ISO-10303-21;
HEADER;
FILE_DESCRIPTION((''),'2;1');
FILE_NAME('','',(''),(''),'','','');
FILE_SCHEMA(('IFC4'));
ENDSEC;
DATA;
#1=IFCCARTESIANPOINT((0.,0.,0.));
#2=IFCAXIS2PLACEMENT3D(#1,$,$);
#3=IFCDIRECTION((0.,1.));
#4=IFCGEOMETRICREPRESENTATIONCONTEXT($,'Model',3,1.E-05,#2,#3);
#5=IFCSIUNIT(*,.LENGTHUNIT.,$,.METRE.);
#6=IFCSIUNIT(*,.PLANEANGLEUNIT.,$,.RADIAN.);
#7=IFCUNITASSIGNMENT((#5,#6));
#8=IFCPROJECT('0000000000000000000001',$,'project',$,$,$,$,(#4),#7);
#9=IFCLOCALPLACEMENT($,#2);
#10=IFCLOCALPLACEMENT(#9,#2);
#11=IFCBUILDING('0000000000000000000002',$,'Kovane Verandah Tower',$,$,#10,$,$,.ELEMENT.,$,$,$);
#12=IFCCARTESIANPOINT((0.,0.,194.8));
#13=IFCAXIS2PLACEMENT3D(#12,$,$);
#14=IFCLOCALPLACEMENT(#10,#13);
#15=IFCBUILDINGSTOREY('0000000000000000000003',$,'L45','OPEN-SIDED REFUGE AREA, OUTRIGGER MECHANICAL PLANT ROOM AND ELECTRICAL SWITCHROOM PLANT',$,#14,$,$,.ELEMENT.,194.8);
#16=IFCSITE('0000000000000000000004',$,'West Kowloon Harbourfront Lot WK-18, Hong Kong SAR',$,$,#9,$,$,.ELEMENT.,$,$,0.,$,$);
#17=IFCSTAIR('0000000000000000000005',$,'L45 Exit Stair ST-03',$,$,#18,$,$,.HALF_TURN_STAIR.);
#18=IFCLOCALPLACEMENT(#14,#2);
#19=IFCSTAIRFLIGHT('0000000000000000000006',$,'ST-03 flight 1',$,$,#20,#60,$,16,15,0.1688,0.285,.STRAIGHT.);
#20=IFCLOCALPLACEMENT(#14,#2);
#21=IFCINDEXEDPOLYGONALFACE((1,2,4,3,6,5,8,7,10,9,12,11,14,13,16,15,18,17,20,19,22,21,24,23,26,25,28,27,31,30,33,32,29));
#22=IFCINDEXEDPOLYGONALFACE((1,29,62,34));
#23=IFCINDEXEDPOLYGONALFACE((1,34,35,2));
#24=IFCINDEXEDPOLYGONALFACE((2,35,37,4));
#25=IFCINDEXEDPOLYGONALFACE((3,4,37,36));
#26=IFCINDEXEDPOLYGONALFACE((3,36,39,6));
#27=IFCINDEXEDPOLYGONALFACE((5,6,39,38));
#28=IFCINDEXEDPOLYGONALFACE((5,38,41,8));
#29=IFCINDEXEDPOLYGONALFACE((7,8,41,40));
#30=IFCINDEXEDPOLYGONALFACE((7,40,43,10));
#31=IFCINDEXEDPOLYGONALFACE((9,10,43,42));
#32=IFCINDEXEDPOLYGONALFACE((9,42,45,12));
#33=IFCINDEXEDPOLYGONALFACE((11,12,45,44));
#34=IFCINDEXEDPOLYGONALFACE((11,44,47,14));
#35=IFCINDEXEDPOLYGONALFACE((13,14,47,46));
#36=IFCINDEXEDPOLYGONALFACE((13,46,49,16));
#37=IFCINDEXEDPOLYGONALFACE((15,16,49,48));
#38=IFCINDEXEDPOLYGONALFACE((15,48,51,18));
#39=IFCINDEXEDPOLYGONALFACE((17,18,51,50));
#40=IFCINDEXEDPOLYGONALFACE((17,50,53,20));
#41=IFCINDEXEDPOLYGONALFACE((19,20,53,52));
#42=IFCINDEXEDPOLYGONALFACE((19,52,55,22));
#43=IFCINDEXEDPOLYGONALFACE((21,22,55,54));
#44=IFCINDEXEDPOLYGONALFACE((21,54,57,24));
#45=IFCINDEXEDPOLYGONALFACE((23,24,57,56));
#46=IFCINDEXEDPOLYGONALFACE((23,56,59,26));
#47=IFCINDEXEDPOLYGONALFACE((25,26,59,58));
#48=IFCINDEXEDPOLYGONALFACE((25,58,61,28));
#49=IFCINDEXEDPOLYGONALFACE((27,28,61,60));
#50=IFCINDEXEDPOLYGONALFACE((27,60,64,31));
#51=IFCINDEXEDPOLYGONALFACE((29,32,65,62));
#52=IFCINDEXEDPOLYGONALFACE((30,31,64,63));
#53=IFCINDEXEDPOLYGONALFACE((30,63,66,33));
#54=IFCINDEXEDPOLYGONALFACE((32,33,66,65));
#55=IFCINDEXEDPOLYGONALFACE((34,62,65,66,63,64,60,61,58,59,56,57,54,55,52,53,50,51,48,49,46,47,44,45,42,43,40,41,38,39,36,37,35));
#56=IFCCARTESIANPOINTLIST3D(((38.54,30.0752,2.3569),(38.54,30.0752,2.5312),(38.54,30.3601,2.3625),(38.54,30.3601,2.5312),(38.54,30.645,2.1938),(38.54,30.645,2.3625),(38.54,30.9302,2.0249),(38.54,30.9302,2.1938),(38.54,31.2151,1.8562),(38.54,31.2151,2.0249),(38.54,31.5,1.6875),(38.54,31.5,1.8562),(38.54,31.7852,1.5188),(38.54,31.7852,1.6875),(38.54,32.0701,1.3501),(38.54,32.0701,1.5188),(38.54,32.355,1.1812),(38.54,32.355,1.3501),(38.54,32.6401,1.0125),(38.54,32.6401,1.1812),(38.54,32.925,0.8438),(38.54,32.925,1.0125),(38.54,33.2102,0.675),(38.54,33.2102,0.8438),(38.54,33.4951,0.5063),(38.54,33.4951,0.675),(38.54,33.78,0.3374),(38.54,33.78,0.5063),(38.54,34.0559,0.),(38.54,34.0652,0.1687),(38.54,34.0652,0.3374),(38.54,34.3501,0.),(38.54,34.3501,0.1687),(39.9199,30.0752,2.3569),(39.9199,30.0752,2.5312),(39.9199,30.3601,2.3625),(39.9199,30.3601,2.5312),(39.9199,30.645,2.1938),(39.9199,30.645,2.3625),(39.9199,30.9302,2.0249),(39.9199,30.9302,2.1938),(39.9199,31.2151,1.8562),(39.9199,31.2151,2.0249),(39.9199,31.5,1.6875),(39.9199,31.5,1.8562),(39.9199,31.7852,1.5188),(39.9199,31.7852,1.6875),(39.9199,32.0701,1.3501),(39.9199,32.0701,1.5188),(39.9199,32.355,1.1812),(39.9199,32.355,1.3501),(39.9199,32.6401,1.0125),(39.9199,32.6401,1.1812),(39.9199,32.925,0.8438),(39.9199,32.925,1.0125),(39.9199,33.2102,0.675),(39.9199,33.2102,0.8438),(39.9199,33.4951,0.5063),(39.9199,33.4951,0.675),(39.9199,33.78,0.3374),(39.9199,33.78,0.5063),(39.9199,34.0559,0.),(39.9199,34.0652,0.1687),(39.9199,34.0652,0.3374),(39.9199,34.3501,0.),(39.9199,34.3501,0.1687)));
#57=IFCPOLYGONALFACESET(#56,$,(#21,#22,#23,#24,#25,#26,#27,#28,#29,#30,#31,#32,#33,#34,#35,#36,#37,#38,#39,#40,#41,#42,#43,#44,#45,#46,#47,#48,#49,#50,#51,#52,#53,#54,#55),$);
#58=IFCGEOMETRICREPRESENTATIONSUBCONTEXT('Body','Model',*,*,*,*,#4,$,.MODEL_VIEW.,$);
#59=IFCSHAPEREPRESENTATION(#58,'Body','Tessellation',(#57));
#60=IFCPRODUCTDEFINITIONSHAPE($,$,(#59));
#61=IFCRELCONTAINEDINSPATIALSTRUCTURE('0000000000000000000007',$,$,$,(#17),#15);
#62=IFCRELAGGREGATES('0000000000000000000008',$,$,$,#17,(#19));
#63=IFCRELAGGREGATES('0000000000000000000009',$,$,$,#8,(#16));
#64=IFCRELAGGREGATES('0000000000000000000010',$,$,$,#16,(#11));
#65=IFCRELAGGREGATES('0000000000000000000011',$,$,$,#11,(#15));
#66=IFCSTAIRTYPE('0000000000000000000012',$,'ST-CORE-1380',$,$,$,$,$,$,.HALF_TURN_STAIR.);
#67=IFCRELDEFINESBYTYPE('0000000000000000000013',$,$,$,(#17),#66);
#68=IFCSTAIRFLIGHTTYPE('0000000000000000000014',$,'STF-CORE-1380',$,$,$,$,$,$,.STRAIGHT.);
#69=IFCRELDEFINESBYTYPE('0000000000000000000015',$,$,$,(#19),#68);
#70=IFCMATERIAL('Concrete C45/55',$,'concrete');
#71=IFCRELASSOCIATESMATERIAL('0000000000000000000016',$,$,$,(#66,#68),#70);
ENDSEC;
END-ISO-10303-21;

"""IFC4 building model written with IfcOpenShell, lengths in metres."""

from ifc_helpers import new_model, si_unit, direction, frame, origin, place, context, subcontext, project, spatial, polyline, outline, extrude, material, type_object, element, aggregate, save


model = new_model("IFC4")

# Units and contexts
model_context = context("Model", 3, precision=1e-05, world=origin(), true_north=direction((0.0, 1.0)))
body_context = subcontext(model_context, "Body", "Model", "MODEL_VIEW")
ifc_project = project(units=[si_unit("LENGTHUNIT", "METRE"), si_unit("PLANEANGLEUNIT", "RADIAN")], contexts=[model_context])

# Site, building, storey
site_placement = place(None, origin())
site = spatial("IfcSite", under=ifc_project, at=site_placement, Name="West Kowloon Harbourfront Lot WK-18, Hong Kong SAR", CompositionType="ELEMENT", RefElevation=0.0)
building_placement = place(site_placement, origin())
building = spatial("IfcBuilding", under=site, at=building_placement, Name="Kovane Verandah Tower", CompositionType="ELEMENT")
storey_placement = place(building_placement, frame((0.0, 0.0, 194.8)))
storey = spatial("IfcBuildingStorey", under=building, at=storey_placement, Name="L45", Description="OPEN-SIDED REFUGE AREA, OUTRIGGER MECHANICAL PLANT ROOM AND ELECTRICAL SWITCHROOM PLANT", CompositionType="ELEMENT", Elevation=194.8)

# Shared definitions
ifc_material_1 = material(Name="Concrete C45/55", Category="concrete")

# Stair, stair flight
stair_type = type_object("IfcStairType", Name="ST-CORE-1380", PredefinedType="HALF_TURN_STAIR", material=ifc_material_1)
stair_placement = place(storey_placement, origin())
stair = element("IfcStair", 1, at=stair_placement, inside=storey, type_object=stair_type, Name="L45 Exit Stair ST-03", PredefinedType="HALF_TURN_STAIR")
stair_flight_type = type_object("IfcStairFlightType", Name="STF-CORE-1380", PredefinedType="STRAIGHT", material=ifc_material_1)
stair_flight_placement = place(storey_placement, frame((39.23, 34.3501, 0.0), z_axis=(0.0, 0.0, 1.0), x_axis=(0.0, -1.0, 0.0)))
stair_flight = element("IfcStairFlight", 2, at=stair_flight_placement, type_object=stair_flight_type, Name="ST-03 flight 1", NumberOfRisers=16, NumberOfTreads=15, PredefinedType="STRAIGHT", RiserHeight=0.1688, TreadLength=0.285, context=body_context, shape_type="SweptSolid", body=[
    extrude(outline(polyline([(0.0, 0.0), (0.0, 0.1687), (0.2849, 0.1687), (0.2849, 0.3374), (0.5701, 0.3374), (0.5701, 0.5063), (0.855, 0.5063), (0.855, 0.675), (1.1399, 0.675), (1.1399, 0.8438), (1.425, 0.8438), (1.425, 1.0125), (1.71, 1.0125), (1.71, 1.1812), (1.9951, 1.1812), (1.9951, 1.3501), (2.28, 1.3501), (2.28, 1.5188), (2.5649, 1.5188), (2.5649, 1.6875), (2.8501, 1.6875), (2.8501, 1.8562), (3.135, 1.8562), (3.135, 2.0249), (3.4199, 2.0249), (3.4199, 2.1938), (3.7051, 2.1938), (3.7051, 2.3625), (3.99, 2.3625), (3.99, 2.5312), (4.2749, 2.5312), (4.2749, 2.7), (4.2749, 2.3569), (0.2942, 0.0), (0.0, 0.0)])), frame((0.0, 0.6899, 0.0), z_axis=(0.0, -1.0, 0.0), x_axis=(1.0, 0.0, 0.0)), (0.0, 0.0, 1.0), 1.3799),
])
aggregate(stair, [stair_flight])

save(model, "model.ifc")
